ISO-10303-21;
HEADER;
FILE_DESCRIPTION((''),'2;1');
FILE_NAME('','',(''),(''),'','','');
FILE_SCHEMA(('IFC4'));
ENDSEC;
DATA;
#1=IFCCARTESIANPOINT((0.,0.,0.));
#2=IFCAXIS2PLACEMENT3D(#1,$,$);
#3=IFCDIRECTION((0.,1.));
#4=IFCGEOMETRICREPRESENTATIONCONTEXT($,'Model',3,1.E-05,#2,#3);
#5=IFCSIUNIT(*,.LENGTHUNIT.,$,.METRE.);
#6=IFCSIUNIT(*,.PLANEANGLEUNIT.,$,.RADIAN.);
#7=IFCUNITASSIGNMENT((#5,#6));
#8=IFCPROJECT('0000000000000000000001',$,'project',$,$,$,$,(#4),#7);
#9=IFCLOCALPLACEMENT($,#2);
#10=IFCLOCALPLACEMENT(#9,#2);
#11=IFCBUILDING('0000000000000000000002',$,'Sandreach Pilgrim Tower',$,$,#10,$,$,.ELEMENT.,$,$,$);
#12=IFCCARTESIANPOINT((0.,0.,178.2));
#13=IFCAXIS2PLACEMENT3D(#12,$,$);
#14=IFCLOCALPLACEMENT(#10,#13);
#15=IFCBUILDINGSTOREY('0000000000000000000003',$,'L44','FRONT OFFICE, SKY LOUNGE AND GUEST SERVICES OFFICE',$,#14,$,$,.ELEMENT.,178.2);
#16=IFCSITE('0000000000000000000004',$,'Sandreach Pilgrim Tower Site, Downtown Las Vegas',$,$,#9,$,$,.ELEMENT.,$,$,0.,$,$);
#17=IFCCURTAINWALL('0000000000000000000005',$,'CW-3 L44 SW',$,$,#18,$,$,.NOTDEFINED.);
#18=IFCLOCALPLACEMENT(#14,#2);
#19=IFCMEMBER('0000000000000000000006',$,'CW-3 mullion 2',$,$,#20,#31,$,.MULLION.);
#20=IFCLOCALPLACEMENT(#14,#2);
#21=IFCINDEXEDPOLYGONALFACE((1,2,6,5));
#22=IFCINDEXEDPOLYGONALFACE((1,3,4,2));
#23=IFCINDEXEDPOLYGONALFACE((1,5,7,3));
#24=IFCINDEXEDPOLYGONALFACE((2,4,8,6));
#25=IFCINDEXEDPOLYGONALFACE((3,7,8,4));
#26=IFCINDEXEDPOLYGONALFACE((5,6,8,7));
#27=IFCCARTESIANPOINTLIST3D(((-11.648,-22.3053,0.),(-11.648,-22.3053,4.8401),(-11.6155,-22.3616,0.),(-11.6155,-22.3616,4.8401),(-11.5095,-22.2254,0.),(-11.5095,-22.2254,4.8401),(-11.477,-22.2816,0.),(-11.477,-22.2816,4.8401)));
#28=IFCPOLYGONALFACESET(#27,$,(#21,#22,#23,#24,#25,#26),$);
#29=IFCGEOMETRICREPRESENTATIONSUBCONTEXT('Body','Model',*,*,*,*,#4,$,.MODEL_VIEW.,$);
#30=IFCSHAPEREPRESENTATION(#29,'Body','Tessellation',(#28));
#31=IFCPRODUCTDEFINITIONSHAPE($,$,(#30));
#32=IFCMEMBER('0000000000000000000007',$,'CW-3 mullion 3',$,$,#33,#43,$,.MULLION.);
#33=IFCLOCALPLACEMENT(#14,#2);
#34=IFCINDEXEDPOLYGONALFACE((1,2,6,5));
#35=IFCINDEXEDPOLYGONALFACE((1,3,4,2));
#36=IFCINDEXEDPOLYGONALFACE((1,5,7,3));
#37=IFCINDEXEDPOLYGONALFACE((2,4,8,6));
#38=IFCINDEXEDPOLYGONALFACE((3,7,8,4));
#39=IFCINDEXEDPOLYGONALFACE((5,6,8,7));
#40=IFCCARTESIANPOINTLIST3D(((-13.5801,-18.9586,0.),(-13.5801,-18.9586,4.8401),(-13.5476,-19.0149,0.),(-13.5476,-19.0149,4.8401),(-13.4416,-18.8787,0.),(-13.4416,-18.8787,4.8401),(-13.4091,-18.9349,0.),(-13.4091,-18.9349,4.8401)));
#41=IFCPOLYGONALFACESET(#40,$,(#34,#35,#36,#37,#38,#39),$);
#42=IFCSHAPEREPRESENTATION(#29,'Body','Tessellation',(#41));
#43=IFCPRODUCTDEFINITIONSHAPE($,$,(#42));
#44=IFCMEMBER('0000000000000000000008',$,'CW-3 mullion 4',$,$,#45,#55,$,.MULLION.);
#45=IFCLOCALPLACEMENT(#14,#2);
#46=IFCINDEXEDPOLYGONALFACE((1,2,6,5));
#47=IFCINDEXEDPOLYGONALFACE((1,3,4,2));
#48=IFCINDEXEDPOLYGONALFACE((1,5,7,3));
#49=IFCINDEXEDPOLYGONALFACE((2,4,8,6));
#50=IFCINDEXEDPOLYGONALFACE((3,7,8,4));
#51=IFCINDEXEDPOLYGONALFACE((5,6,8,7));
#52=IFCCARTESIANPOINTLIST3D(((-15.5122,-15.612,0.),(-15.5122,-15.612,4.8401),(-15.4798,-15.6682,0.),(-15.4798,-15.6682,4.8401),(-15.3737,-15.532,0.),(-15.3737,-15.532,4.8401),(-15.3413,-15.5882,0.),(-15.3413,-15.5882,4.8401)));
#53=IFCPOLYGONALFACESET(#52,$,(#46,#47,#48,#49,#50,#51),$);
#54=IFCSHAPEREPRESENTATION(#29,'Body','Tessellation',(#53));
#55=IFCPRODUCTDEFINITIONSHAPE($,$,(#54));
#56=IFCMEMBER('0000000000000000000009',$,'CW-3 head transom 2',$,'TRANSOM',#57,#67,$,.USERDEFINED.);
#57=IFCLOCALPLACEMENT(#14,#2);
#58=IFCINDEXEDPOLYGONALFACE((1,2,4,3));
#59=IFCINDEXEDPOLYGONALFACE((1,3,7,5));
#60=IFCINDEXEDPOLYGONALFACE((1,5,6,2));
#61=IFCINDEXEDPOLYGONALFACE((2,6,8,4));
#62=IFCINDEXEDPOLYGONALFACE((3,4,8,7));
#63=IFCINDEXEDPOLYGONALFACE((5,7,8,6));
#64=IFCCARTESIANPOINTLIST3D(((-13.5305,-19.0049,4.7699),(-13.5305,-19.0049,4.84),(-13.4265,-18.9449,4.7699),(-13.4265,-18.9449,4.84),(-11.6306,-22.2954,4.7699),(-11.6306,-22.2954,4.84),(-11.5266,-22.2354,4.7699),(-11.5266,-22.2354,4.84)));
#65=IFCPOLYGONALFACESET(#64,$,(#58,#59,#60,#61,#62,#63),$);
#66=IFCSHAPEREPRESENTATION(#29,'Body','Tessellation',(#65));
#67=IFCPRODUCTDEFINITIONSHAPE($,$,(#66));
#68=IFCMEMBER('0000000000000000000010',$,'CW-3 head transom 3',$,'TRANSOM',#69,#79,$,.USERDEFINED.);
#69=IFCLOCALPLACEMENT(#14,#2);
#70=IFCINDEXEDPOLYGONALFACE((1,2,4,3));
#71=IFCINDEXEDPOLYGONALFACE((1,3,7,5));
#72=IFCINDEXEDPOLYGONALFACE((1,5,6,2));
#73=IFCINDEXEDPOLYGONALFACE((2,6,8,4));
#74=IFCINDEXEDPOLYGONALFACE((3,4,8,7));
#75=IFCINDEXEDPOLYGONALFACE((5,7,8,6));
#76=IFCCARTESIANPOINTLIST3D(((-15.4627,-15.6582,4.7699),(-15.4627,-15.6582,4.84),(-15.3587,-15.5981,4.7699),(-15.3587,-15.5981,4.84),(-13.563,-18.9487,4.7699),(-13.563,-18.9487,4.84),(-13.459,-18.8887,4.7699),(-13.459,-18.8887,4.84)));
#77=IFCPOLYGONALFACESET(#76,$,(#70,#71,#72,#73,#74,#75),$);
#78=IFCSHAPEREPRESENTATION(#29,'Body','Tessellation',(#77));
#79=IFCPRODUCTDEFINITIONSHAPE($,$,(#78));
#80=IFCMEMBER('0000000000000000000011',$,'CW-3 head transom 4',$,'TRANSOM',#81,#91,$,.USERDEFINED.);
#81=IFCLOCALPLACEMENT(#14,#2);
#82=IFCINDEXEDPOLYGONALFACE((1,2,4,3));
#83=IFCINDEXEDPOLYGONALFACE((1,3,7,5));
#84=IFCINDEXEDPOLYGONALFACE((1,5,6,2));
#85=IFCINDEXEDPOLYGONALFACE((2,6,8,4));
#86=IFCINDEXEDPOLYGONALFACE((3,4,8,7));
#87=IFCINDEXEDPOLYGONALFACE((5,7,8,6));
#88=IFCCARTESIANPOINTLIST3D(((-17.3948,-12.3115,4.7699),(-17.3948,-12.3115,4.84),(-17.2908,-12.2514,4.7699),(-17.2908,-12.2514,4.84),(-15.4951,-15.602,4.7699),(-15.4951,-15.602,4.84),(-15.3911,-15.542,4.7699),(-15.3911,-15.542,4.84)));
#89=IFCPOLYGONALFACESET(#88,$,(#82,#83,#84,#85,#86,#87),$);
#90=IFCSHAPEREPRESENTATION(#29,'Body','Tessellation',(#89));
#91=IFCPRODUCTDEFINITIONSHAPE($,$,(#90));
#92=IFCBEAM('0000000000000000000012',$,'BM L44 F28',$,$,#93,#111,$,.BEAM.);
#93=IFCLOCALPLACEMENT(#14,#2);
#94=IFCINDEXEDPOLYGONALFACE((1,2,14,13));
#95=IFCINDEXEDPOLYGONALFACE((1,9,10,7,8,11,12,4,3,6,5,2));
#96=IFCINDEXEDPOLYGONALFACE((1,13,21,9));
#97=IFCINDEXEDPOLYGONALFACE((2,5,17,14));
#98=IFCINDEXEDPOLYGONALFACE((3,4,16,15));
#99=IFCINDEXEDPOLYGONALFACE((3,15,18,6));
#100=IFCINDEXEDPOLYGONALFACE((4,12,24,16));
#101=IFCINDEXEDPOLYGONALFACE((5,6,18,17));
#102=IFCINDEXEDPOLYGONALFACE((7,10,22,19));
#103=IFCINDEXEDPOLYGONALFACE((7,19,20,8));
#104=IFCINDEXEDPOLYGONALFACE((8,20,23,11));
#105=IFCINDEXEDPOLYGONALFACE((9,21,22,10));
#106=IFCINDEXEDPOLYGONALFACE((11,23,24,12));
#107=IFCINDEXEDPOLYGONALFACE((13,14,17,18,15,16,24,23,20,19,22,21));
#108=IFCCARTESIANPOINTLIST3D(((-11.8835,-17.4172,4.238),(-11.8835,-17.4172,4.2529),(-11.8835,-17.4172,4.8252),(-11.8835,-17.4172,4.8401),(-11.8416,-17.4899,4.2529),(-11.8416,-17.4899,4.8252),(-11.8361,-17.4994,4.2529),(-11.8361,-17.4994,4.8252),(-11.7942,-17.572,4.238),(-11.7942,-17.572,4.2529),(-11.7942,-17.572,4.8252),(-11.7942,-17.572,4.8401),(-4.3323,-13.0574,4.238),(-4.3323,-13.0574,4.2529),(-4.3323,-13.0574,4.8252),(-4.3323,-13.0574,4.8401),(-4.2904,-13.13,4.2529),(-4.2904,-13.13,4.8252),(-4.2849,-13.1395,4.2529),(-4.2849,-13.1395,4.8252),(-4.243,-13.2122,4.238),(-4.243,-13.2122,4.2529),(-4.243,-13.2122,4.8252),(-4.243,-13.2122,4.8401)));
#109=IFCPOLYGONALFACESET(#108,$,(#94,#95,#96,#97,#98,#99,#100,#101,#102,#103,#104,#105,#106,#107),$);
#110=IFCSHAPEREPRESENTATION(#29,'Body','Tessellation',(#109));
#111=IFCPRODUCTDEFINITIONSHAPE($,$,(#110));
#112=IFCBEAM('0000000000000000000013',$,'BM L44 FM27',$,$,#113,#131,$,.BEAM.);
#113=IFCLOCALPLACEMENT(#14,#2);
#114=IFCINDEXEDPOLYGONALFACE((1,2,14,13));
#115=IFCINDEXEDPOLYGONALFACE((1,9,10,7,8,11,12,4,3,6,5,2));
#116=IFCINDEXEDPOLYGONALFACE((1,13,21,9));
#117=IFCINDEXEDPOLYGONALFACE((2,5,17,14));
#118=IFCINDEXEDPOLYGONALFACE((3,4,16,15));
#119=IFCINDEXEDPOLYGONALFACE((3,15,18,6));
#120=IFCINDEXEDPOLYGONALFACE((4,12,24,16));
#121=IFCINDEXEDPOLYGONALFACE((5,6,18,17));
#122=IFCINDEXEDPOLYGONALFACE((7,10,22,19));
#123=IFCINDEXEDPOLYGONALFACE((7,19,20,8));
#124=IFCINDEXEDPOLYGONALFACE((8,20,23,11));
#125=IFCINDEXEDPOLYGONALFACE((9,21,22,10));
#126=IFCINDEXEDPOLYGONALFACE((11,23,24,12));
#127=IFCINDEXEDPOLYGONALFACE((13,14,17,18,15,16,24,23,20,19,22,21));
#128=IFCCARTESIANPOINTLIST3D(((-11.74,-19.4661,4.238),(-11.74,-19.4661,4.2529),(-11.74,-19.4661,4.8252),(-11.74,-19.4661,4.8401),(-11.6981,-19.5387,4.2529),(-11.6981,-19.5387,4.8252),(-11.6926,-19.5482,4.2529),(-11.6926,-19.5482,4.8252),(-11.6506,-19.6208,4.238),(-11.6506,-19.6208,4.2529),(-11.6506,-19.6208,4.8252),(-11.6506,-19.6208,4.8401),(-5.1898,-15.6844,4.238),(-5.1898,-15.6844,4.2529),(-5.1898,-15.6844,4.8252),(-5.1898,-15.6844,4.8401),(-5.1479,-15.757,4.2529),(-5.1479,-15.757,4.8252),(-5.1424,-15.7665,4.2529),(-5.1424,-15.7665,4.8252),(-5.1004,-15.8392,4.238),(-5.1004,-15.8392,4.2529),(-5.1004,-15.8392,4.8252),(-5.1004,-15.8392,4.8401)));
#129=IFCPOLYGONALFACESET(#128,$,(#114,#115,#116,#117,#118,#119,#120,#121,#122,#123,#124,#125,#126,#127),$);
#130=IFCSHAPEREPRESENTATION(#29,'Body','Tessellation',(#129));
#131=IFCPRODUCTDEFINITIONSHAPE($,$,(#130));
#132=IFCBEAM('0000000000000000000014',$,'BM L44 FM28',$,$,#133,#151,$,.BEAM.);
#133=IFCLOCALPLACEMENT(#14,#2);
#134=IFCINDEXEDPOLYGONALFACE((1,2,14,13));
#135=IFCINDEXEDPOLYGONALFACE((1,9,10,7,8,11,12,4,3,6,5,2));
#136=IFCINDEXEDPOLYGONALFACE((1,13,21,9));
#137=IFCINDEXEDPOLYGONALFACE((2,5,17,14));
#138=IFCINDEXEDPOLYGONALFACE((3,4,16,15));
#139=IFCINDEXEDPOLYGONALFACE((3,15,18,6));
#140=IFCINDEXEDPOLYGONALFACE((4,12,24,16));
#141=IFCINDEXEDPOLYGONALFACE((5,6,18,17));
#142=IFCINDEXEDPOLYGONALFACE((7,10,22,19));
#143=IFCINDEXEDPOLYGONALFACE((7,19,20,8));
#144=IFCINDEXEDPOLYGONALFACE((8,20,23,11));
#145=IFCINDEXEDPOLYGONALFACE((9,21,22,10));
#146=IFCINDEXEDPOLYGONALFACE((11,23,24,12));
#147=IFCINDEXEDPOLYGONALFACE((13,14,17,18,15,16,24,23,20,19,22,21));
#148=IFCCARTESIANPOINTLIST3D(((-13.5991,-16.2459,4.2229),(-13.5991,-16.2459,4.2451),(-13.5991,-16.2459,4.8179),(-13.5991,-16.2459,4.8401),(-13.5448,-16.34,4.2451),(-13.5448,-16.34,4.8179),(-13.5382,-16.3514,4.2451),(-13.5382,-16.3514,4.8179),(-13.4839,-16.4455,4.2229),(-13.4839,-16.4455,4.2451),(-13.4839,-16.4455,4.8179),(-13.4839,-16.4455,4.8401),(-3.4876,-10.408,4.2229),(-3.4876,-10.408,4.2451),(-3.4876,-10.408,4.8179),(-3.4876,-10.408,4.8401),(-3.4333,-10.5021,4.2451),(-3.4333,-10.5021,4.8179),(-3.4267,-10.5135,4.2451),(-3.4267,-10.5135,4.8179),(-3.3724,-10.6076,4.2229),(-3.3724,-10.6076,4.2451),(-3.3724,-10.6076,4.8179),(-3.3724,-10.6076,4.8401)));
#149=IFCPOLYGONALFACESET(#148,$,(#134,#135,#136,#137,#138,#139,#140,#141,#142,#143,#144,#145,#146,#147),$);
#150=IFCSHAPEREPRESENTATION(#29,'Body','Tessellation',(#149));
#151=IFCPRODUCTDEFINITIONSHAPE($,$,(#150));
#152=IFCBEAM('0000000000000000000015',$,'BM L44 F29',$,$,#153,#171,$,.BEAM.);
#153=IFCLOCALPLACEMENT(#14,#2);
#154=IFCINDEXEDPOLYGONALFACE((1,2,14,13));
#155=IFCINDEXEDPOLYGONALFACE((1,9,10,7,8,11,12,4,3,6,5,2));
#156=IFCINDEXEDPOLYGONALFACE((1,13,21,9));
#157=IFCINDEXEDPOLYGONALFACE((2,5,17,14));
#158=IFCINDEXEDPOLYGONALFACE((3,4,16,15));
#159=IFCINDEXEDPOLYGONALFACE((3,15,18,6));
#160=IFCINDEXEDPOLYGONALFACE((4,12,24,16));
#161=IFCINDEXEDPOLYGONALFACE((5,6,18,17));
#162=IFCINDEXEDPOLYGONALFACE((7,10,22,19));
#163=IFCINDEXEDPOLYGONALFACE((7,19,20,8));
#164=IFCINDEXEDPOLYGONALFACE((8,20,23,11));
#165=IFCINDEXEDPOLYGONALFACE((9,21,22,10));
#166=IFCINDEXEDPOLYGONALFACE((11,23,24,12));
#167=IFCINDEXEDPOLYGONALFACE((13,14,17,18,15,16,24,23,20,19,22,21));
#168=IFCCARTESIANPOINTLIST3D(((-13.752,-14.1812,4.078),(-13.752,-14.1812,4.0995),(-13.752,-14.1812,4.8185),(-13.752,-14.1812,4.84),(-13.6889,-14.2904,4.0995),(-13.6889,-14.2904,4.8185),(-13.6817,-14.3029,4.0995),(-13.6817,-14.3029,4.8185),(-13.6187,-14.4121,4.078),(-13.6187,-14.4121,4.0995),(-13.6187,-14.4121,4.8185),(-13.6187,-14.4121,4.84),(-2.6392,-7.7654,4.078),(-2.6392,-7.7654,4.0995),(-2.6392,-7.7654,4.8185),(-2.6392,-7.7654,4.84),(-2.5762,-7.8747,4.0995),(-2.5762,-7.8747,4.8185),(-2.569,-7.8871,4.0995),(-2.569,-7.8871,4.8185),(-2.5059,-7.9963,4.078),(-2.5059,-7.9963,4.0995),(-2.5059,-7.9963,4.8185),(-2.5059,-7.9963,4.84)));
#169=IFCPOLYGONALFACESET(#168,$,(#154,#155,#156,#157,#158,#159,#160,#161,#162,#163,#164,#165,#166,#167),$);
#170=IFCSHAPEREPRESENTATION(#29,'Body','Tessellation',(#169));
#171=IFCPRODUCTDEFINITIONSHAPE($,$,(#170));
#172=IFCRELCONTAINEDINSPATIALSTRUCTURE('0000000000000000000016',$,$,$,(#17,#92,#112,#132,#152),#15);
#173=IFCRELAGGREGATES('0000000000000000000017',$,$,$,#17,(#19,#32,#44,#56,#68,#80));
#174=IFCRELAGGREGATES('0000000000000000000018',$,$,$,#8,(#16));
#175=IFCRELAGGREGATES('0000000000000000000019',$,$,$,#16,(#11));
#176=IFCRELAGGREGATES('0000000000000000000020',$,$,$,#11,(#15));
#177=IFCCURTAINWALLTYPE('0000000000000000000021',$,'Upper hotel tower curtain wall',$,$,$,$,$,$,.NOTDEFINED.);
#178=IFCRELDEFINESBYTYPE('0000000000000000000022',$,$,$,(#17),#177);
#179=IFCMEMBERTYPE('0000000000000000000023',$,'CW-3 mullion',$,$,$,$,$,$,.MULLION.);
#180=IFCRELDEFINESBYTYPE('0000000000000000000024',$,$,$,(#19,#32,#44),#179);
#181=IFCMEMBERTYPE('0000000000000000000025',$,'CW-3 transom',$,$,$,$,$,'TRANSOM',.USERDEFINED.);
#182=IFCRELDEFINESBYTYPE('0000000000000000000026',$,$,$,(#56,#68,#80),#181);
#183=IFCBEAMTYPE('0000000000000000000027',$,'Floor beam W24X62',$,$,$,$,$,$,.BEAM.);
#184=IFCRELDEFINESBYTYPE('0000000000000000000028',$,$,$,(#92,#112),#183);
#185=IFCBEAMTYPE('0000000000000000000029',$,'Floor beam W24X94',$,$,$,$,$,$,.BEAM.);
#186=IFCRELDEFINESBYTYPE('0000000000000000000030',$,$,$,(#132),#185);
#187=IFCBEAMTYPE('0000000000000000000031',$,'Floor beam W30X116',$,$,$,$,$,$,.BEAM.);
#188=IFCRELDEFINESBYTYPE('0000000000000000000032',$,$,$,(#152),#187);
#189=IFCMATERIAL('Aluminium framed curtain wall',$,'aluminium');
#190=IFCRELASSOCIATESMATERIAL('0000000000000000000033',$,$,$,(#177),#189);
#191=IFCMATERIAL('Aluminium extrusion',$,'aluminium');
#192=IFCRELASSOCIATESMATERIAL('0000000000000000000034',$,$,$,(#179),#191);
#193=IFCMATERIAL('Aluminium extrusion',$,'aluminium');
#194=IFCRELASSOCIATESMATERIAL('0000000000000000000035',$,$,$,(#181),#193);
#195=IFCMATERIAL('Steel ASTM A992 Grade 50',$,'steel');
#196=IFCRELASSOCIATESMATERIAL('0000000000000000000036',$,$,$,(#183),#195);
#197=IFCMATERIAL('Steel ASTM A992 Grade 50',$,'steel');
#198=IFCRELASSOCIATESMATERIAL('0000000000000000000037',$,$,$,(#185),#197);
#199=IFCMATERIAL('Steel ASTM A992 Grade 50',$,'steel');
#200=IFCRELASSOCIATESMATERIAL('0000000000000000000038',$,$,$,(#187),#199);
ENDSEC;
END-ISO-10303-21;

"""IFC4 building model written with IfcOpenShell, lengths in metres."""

from ifc_helpers import new_model, si_unit, direction, frame, origin, origin_2d, place, context, subcontext, project, spatial, rectangle, i_section, extrude, material, material_profile, profile_set, type_object, element, aggregate, save


model = new_model("IFC4")

# Units and contexts
model_context = context("Model", 3, precision=1e-05, world=origin(), true_north=direction((0.0, 1.0)))
body_context = subcontext(model_context, "Body", "Model", "MODEL_VIEW")
ifc_project = project(units=[si_unit("LENGTHUNIT", "METRE"), si_unit("PLANEANGLEUNIT", "RADIAN")], contexts=[model_context])

# Site, building, storey
site_placement = place(None, origin())
site = spatial("IfcSite", under=ifc_project, at=site_placement, Name="Sandreach Pilgrim Tower Site, Downtown Las Vegas", CompositionType="ELEMENT", RefElevation=0.0)
building_placement = place(site_placement, origin())
building = spatial("IfcBuilding", under=site, at=building_placement, Name="Sandreach Pilgrim Tower", CompositionType="ELEMENT")
storey_placement = place(building_placement, frame((0.0, 0.0, 178.2)))
storey = spatial("IfcBuildingStorey", under=building, at=storey_placement, Name="L44", Description="FRONT OFFICE, SKY LOUNGE AND GUEST SERVICES OFFICE", CompositionType="ELEMENT", Elevation=178.2)

# Curtain wall, members
ifc_material_1 = material(Name="Aluminium framed curtain wall", Category="aluminium")
curtain_wall_type = type_object("IfcCurtainWallType", Name="Upper hotel tower curtain wall", PredefinedType="NOTDEFINED", material=ifc_material_1)
curtain_wall_placement = place(storey_placement, origin())
curtain_wall = element("IfcCurtainWall", 1, at=curtain_wall_placement, inside=storey, type_object=curtain_wall_type, Name="CW-3 L44 SW", PredefinedType="NOTDEFINED")
ifc_material_2 = material(Name="Aluminium extrusion", Category="aluminium")
ifc_material_profile_1 = material_profile(ifc_material_2, rectangle(XDim=0.0649, YDim=0.1599, at=origin_2d()), Name="CW-3M 65X160")
ifc_profile_set_1 = profile_set([ifc_material_profile_1], Name="Aluminium extrusion")
member_type_1 = type_object("IfcMemberType", Name="CW-3 mullion", PredefinedType="MULLION", material=ifc_profile_set_1)
member_1_placement = place(storey_placement, frame((-11.5625, -22.2935, 0.0), z_axis=(0.0, 0.0, 1.0), x_axis=(-0.5, 0.866025, 0.0)))
member_1 = element("IfcMember", 2, at=member_1_placement, type_object=member_type_1, Name="CW-3 mullion 2", PredefinedType="MULLION", context=body_context, shape_type="SweptSolid", body=[
    extrude(rectangle(XDim=0.0649, YDim=0.1599, at=origin_2d()), origin(), (0.0, 0.0, 1.0), 4.8401),
])
member_2_placement = place(storey_placement, frame((-13.4946, -18.9468, 0.0), z_axis=(0.0, 0.0, 1.0), x_axis=(-0.5, 0.866025, 0.0)))
member_2 = element("IfcMember", 3, at=member_2_placement, type_object=member_type_1, Name="CW-3 mullion 3", PredefinedType="MULLION", context=body_context, shape_type="SweptSolid", body=[
    extrude(rectangle(XDim=0.0649, YDim=0.1599, at=origin_2d()), origin(), (0.0, 0.0, 1.0), 4.8401),
])
member_3_placement = place(storey_placement, frame((-15.4268, -15.6001, 0.0), z_axis=(0.0, 0.0, 1.0), x_axis=(-0.5, 0.866025, 0.0)))
member_3 = element("IfcMember", 4, at=member_3_placement, type_object=member_type_1, Name="CW-3 mullion 4", PredefinedType="MULLION", context=body_context, shape_type="SweptSolid", body=[
    extrude(rectangle(XDim=0.0649, YDim=0.1599, at=origin_2d()), origin(), (0.0, 0.0, 1.0), 4.8401),
])
ifc_material_3 = material(Name="Aluminium extrusion", Category="aluminium")
ifc_material_profile_2 = material_profile(ifc_material_3, rectangle(XDim=0.1201, YDim=0.0701, at=origin_2d()), Name="CW-3T 120X70")
ifc_profile_set_2 = profile_set([ifc_material_profile_2], Name="Aluminium extrusion")
member_type_2 = type_object("IfcMemberType", Name="CW-3 transom", ElementType="TRANSOM", PredefinedType="USERDEFINED", material=ifc_profile_set_2)
member_4_placement = place(storey_placement, frame((-11.5786, -22.2654, 4.8049), z_axis=(-0.500023, 0.866012, 0.0), x_axis=(-0.866012, -0.500023, 0.0)))
member_4 = element("IfcMember", 5, at=member_4_placement, type_object=member_type_2, Name="CW-3 head transom 2", ObjectType="TRANSOM", PredefinedType="USERDEFINED", context=body_context, shape_type="SweptSolid", body=[
    extrude(rectangle(XDim=0.1201, YDim=0.0701, at=origin_2d()), origin(), (0.0, 0.0, 1.0), 3.7996),
])
member_5_placement = place(storey_placement, frame((-13.511, -18.9187, 4.8049), z_axis=(-0.499975, 0.86604, 0.0), x_axis=(-0.86604, -0.499975, 0.0)))
member_5 = element("IfcMember", 6, at=member_5_placement, type_object=member_type_2, Name="CW-3 head transom 3", ObjectType="TRANSOM", PredefinedType="USERDEFINED", context=body_context, shape_type="SweptSolid", body=[
    extrude(rectangle(XDim=0.1201, YDim=0.0701, at=origin_2d()), origin(), (0.0, 0.0, 1.0), 3.7996),
])
member_6_placement = place(storey_placement, frame((-15.4431, -15.572, 4.8049), z_axis=(-0.499975, 0.86604, 0.0), x_axis=(-0.86604, -0.499975, 0.0)))
member_6 = element("IfcMember", 7, at=member_6_placement, type_object=member_type_2, Name="CW-3 head transom 4", ObjectType="TRANSOM", PredefinedType="USERDEFINED", context=body_context, shape_type="SweptSolid", body=[
    extrude(rectangle(XDim=0.1201, YDim=0.0701, at=origin_2d()), origin(), (0.0, 0.0, 1.0), 3.7996),
])

# Beams
ifc_material_4 = material(Name="Steel ASTM A992 Grade 50", Category="steel")
ifc_material_profile_3 = material_profile(ifc_material_4, i_section(OverallWidth=0.1787, OverallDepth=0.6021, WebThickness=0.011, FlangeThickness=0.0149, at=origin_2d()), Name="W24X62")
ifc_profile_set_3 = profile_set([ifc_material_profile_3], Name="Steel ASTM A992 Grade 50")
beam_type_1 = type_object("IfcBeamType", Name="Floor beam W24X62", PredefinedType="BEAM", material=ifc_profile_set_3)
beam_1_placement = place(storey_placement, frame((-11.8389, -17.4946, 4.5391), z_axis=(0.866019, 0.500012, 0.0), x_axis=(-0.500012, 0.866019, 0.0)))
element("IfcBeam", 8, at=beam_1_placement, inside=storey, type_object=beam_type_1, Name="BM L44 F28", PredefinedType="BEAM", context=body_context, shape_type="SweptSolid", body=[
    extrude(i_section(OverallWidth=0.1787, OverallDepth=0.6021, WebThickness=0.011, FlangeThickness=0.0149, at=origin_2d()), origin(), (0.0, 0.0, 1.0), 8.7195),
])
beam_2_placement = place(storey_placement, frame((-11.6953, -19.5435, 4.5391), z_axis=(0.86603, 0.499993, 0.0), x_axis=(-0.499993, 0.86603, 0.0)))
element("IfcBeam", 9, at=beam_2_placement, inside=storey, type_object=beam_type_1, Name="BM L44 FM27", PredefinedType="BEAM", context=body_context, shape_type="SweptSolid", body=[
    extrude(i_section(OverallWidth=0.1787, OverallDepth=0.6021, WebThickness=0.011, FlangeThickness=0.0149, at=origin_2d()), origin(), (0.0, 0.0, 1.0), 7.5635),
])
ifc_material_5 = material(Name="Steel ASTM A992 Grade 50", Category="steel")
ifc_material_profile_4 = material_profile(ifc_material_5, i_section(OverallWidth=0.2305, OverallDepth=0.6172, WebThickness=0.0132, FlangeThickness=0.0222, at=origin_2d()), Name="W24X94")
ifc_profile_set_4 = profile_set([ifc_material_profile_4], Name="Steel ASTM A992 Grade 50")
beam_type_2 = type_object("IfcBeamType", Name="Floor beam W24X94", PredefinedType="BEAM", material=ifc_profile_set_4)
beam_3_placement = place(storey_placement, frame((-13.5415, -16.3457, 4.5315), z_axis=(0.866026, 0.499998, 0.0), x_axis=(-0.499998, 0.866026, 0.0)))
element("IfcBeam", 10, at=beam_3_placement, inside=storey, type_object=beam_type_2, Name="BM L44 FM28", PredefinedType="BEAM", context=body_context, shape_type="SweptSolid", body=[
    extrude(i_section(OverallWidth=0.2305, OverallDepth=0.6172, WebThickness=0.0132, FlangeThickness=0.0222, at=origin_2d()), origin(), (0.0, 0.0, 1.0), 11.6758),
])
ifc_material_6 = material(Name="Steel ASTM A992 Grade 50", Category="steel")
ifc_material_profile_5 = material_profile(ifc_material_6, i_section(OverallWidth=0.2666, OverallDepth=0.762, WebThickness=0.0144, FlangeThickness=0.0215, at=origin_2d()), Name="W30X116")
ifc_profile_set_5 = profile_set([ifc_material_profile_5], Name="Steel ASTM A992 Grade 50")
beam_type_3 = type_object("IfcBeamType", Name="Floor beam W30X116", PredefinedType="BEAM", material=ifc_profile_set_5)
beam_4_placement = place(storey_placement, frame((-13.6853, -14.2966, 4.459), z_axis=(0.866032, 0.499988, 0.0), x_axis=(-0.499988, 0.866032, 0.0)))
element("IfcBeam", 11, at=beam_4_placement, inside=storey, type_object=beam_type_3, Name="BM L44 F29", PredefinedType="BEAM", context=body_context, shape_type="SweptSolid", body=[
    extrude(i_section(OverallWidth=0.2666, OverallDepth=0.762, WebThickness=0.0144, FlangeThickness=0.0215, at=origin_2d()), origin(), (0.0, 0.0, 1.0), 12.8318),
])

aggregate(curtain_wall, [member_1, member_2, member_3, member_4, member_5, member_6])

save(model, "model.ifc")
